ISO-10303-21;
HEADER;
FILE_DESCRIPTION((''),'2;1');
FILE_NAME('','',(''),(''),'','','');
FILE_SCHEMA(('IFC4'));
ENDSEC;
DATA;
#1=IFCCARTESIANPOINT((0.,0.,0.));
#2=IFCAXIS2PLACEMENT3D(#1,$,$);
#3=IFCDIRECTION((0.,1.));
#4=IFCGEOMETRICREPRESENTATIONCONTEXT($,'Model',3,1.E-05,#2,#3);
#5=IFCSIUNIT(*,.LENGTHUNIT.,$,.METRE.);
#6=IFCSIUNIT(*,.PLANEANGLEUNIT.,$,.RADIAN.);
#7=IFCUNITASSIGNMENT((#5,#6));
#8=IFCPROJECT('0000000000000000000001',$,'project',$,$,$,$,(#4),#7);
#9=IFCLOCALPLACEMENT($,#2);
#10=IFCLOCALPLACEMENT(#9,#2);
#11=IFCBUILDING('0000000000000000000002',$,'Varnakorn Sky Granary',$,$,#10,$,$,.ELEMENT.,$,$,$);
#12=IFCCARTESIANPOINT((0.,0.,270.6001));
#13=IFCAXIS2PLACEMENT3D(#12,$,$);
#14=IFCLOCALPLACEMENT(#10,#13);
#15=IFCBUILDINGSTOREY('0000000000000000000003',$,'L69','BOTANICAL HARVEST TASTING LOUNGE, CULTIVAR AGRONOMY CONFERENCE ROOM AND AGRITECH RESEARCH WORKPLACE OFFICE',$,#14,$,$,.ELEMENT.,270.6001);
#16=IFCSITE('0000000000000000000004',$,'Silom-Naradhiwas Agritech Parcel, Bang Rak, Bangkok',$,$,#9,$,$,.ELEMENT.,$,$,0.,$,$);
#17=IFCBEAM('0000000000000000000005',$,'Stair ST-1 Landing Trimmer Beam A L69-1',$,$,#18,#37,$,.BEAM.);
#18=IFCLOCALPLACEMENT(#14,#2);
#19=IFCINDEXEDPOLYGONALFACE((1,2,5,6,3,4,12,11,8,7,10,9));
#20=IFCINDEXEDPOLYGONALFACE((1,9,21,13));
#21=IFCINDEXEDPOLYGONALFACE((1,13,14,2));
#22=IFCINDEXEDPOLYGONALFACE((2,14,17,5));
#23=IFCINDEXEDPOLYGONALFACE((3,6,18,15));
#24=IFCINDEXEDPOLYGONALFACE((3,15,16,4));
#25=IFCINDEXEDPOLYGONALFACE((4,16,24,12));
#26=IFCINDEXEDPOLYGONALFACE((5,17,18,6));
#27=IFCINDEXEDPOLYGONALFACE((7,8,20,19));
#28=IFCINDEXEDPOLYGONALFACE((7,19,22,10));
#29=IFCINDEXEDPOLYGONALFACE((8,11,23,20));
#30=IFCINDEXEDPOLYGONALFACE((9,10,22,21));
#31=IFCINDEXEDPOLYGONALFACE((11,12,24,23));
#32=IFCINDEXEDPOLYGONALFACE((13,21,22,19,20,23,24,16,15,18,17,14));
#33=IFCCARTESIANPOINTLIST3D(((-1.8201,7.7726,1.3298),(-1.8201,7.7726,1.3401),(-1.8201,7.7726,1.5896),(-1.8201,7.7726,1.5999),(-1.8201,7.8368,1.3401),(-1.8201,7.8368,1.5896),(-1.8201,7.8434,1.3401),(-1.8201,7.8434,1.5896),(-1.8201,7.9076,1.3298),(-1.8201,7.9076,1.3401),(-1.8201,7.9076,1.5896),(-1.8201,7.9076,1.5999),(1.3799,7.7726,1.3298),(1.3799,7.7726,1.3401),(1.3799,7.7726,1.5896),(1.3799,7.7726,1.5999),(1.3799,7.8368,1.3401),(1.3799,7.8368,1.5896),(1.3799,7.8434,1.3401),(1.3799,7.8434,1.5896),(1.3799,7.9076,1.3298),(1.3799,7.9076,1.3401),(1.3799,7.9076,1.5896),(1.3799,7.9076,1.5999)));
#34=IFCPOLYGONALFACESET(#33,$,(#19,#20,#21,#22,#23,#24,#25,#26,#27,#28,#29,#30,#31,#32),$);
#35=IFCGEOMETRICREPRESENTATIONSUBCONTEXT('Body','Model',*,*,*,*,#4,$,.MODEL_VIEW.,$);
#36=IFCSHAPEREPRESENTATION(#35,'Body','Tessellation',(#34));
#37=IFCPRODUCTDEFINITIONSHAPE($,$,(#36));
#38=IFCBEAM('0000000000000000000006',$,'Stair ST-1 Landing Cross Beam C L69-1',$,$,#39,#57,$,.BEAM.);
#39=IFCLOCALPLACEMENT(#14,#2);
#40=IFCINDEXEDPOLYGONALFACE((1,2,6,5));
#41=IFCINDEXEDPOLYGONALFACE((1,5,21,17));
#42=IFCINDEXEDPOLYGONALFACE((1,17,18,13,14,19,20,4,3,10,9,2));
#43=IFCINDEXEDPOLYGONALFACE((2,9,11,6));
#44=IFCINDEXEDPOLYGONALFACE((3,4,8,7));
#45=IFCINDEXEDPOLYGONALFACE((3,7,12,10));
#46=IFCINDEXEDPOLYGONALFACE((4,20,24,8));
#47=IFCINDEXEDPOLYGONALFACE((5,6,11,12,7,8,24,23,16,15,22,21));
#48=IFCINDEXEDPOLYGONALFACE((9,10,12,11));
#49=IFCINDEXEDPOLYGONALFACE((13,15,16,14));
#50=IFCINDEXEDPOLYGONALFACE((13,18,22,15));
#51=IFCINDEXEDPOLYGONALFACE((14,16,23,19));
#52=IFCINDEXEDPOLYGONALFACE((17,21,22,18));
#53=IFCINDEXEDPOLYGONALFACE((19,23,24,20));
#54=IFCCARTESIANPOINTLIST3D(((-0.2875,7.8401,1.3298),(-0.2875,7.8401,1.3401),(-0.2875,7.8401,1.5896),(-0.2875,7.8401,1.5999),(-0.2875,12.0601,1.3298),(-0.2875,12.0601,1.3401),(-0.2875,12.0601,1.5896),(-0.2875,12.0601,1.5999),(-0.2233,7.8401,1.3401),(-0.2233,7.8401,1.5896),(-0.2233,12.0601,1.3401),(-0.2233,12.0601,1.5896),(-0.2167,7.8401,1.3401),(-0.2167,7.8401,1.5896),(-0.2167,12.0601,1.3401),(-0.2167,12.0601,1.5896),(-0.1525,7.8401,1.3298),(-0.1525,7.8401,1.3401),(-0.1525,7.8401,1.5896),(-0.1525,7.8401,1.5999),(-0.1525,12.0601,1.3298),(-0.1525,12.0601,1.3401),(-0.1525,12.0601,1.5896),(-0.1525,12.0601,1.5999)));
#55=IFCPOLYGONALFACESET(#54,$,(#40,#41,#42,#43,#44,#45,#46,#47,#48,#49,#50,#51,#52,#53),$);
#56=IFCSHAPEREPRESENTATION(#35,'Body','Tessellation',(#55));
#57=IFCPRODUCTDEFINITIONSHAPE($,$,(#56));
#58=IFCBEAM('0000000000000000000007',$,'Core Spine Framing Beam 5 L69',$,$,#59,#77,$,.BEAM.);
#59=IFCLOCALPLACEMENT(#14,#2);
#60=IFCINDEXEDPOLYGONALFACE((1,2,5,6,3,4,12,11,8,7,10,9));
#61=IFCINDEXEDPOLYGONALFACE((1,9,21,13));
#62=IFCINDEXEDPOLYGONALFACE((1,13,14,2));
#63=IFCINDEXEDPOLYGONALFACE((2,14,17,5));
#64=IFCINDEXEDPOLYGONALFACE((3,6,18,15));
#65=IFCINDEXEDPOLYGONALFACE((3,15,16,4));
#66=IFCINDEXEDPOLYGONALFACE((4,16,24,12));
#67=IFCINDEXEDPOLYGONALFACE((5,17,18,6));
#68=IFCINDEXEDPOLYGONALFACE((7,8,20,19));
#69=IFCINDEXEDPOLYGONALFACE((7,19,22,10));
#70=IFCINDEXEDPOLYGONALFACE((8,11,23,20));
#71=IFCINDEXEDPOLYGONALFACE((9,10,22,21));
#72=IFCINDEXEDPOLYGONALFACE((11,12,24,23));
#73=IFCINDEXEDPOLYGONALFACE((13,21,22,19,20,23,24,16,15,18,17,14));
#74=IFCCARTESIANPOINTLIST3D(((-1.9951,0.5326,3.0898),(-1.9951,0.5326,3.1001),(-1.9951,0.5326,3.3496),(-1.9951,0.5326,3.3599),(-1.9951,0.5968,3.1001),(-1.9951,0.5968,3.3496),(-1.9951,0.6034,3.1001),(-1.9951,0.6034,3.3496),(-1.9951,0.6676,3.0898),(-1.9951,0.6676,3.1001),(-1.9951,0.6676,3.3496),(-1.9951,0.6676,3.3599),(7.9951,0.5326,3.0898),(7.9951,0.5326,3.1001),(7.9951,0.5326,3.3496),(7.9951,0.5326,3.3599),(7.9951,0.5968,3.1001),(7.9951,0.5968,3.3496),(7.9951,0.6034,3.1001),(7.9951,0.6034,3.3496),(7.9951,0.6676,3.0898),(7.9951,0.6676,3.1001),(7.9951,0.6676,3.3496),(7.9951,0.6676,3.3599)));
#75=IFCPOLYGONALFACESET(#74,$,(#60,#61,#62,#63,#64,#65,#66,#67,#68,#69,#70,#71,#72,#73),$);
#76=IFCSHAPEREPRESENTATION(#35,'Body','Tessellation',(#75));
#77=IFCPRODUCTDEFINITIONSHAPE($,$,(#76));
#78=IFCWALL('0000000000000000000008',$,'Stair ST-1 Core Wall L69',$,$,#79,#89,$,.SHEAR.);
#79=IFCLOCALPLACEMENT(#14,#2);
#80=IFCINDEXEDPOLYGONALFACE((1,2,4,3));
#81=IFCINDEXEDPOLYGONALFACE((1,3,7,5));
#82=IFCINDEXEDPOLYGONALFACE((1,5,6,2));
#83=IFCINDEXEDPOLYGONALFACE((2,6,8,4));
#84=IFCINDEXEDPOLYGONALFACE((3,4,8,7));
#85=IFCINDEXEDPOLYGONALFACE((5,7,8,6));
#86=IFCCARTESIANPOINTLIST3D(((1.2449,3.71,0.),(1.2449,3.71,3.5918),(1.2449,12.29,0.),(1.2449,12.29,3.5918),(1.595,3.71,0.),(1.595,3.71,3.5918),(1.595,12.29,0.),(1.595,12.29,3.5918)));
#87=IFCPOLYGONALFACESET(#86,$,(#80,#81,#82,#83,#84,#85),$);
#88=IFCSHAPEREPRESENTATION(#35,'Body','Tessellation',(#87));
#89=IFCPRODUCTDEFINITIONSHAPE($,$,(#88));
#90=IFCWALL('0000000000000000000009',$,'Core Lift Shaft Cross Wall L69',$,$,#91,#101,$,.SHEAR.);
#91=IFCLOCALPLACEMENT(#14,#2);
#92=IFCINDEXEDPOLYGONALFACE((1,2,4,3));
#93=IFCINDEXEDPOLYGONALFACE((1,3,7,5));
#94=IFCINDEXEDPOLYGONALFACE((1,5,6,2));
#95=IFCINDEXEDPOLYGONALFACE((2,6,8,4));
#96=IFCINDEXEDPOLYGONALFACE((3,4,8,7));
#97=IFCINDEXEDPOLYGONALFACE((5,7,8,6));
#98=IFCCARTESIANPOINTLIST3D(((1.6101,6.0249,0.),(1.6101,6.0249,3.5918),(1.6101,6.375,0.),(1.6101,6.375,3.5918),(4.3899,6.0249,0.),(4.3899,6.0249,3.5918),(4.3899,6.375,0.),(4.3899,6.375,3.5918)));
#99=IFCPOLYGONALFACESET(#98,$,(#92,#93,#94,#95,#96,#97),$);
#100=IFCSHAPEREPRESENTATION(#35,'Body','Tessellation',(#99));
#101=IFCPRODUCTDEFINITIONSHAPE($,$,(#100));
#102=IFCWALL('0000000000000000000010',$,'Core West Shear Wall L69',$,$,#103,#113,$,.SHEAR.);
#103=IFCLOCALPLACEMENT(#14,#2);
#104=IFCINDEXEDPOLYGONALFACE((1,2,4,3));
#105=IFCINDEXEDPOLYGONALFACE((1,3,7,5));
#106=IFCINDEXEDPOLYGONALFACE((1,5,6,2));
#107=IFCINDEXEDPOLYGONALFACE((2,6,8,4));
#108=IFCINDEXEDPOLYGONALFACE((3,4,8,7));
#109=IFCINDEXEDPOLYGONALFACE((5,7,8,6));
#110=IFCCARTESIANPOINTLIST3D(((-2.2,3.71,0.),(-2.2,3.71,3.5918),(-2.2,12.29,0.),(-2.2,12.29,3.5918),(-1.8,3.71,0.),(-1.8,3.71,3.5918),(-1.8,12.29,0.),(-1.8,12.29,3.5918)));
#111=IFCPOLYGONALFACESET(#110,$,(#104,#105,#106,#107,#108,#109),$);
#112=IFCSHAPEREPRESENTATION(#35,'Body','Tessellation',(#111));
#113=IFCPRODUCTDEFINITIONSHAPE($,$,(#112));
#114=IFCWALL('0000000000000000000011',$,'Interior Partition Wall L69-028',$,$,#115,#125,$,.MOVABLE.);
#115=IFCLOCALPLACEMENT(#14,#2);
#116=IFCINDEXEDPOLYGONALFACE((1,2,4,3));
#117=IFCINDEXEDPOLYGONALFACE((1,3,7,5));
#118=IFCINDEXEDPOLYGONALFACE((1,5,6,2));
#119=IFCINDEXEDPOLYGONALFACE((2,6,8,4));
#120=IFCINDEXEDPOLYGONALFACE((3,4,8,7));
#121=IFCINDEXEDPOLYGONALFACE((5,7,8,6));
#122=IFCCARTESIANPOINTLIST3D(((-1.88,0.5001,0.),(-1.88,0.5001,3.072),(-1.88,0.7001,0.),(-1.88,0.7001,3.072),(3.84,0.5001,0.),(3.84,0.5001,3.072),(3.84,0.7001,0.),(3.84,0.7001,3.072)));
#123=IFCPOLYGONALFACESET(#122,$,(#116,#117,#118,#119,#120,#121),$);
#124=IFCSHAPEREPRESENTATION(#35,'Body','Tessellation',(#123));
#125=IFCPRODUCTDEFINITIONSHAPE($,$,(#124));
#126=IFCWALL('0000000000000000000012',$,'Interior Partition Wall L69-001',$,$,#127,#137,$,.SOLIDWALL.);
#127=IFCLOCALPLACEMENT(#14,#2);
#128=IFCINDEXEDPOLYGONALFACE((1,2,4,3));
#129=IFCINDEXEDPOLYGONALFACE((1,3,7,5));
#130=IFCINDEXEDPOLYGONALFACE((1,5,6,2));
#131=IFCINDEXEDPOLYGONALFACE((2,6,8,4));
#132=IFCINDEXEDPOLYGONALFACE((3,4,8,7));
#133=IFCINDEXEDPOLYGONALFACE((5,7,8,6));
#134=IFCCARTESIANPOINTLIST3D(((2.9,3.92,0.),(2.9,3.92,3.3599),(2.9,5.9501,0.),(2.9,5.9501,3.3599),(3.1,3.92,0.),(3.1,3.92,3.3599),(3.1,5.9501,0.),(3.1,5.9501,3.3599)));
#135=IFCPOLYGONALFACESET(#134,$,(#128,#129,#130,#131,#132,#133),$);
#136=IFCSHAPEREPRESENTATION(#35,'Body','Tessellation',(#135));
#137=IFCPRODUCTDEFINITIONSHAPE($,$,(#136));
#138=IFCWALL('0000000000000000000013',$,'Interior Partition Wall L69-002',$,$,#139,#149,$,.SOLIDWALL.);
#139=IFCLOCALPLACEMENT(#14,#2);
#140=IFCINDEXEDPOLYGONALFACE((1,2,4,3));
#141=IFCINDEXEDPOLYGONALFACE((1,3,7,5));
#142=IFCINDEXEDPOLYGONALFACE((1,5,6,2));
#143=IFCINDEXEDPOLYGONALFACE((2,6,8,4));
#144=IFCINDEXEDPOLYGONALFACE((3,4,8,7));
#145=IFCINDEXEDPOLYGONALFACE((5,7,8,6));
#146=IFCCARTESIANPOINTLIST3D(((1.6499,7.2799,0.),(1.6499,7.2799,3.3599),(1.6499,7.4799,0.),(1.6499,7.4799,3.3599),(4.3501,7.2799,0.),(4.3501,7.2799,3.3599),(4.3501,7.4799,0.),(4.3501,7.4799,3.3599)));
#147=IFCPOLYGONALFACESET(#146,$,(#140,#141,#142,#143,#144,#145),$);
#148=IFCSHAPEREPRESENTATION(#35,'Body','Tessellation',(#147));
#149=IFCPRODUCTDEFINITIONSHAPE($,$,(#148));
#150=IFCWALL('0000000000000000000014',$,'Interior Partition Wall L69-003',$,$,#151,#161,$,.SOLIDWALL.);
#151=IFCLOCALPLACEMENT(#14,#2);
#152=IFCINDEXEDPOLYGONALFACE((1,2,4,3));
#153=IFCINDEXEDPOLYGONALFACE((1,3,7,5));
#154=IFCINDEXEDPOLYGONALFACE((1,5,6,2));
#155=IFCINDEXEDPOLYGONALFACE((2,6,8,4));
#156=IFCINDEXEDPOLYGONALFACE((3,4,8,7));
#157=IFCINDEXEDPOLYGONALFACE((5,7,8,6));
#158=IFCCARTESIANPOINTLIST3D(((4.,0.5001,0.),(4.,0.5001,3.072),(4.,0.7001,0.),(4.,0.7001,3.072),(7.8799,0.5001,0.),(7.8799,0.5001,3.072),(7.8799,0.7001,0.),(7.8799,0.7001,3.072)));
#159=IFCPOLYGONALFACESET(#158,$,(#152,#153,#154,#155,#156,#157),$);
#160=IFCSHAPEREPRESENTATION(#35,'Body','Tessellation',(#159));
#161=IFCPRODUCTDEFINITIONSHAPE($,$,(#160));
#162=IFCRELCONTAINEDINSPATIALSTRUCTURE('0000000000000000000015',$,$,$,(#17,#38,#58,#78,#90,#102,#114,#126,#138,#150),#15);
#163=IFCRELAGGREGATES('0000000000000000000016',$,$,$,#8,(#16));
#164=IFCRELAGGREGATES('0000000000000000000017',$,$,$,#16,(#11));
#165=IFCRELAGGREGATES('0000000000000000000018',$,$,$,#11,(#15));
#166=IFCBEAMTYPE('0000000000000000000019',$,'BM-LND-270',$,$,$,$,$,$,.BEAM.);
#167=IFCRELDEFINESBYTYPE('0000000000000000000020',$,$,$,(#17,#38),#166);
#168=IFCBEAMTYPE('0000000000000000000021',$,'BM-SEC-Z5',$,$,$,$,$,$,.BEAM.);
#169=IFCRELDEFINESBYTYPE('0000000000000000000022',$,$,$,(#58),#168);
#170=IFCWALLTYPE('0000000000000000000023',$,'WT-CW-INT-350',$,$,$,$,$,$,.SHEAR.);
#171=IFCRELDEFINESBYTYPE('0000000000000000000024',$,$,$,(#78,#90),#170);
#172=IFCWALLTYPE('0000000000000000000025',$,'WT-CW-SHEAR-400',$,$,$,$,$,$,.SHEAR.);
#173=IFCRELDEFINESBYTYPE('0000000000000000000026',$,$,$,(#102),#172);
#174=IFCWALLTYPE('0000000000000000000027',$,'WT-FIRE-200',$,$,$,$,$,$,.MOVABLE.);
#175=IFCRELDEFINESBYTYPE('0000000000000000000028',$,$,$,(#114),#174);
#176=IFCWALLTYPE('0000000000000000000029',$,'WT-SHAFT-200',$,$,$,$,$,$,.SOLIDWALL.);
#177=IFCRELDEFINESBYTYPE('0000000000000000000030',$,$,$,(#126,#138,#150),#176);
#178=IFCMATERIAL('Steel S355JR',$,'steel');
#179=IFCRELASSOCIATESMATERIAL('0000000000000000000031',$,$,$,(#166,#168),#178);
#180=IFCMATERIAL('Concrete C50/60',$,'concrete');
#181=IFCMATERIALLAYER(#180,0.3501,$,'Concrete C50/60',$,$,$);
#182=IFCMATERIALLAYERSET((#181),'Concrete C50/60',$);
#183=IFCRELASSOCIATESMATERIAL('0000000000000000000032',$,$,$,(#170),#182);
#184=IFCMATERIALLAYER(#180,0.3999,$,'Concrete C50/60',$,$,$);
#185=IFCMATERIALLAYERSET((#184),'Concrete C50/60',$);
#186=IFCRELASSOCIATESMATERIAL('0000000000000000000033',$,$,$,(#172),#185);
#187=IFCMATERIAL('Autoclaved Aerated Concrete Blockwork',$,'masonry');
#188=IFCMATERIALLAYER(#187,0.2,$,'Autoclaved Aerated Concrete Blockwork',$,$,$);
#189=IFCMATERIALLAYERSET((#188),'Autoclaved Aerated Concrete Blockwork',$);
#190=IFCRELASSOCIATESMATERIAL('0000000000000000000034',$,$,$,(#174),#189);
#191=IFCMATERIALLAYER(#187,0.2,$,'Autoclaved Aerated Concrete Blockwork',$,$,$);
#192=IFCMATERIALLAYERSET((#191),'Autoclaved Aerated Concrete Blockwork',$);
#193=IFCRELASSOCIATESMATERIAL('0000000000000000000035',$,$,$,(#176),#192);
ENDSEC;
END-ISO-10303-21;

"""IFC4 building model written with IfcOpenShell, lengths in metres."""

from ifc_helpers import new_model, si_unit, direction, frame, frame_2d, origin, origin_2d, place, context, subcontext, project, spatial, rectangle, i_section, extrude, material, layer, layer_set, material_profile, profile_set, type_object, element, save


model = new_model("IFC4")

# Units and contexts
model_context = context("Model", 3, precision=1e-05, world=origin(), true_north=direction((0.0, 1.0)))
body_context = subcontext(model_context, "Body", "Model", "MODEL_VIEW")
ifc_project = project(units=[si_unit("LENGTHUNIT", "METRE"), si_unit("PLANEANGLEUNIT", "RADIAN")], contexts=[model_context])

# Site, building, storey
site_placement = place(None, origin())
site = spatial("IfcSite", under=ifc_project, at=site_placement, Name="Silom-Naradhiwas Agritech Parcel, Bang Rak, Bangkok", CompositionType="ELEMENT", RefElevation=0.0)
building_placement = place(site_placement, origin())
building = spatial("IfcBuilding", under=site, at=building_placement, Name="Varnakorn Sky Granary", CompositionType="ELEMENT")
storey_placement = place(building_placement, frame((0.0, 0.0, 270.6001)))
storey = spatial("IfcBuildingStorey", under=building, at=storey_placement, Name="L69", Description="BOTANICAL HARVEST TASTING LOUNGE, CULTIVAR AGRONOMY CONFERENCE ROOM AND AGRITECH RESEARCH WORKPLACE OFFICE", CompositionType="ELEMENT", Elevation=270.6001)

# Beams
ifc_material_1 = material(Name="Steel S355JR", Category="steel")
ifc_material_profile_1 = material_profile(ifc_material_1, i_section(OverallWidth=0.135, OverallDepth=0.27, WebThickness=0.0066, FlangeThickness=0.0103, at=origin_2d()), Name="IPE 270")
ifc_profile_set_1 = profile_set([ifc_material_profile_1], Name="Steel S355JR")
beam_type_1 = type_object("IfcBeamType", Name="BM-LND-270", PredefinedType="BEAM", material=ifc_profile_set_1)
beam_1_placement = place(storey_placement, frame((-1.8201, 7.8401, 1.4648), z_axis=(1.0, 0.0, 0.0), x_axis=(0.0, 1.0, 0.0)))
element("IfcBeam", 1, at=beam_1_placement, inside=storey, type_object=beam_type_1, Name="Stair ST-1 Landing Trimmer Beam A L69-1", PredefinedType="BEAM", context=body_context, shape_type="SweptSolid", body=[
    extrude(i_section(OverallWidth=0.135, OverallDepth=0.27, WebThickness=0.0066, FlangeThickness=0.0103, at=origin_2d()), origin(), (0.0, 0.0, 1.0), 3.2),
])
beam_2_placement = place(storey_placement, frame((-0.22, 7.8401, 1.4648), z_axis=(0.0, 1.0, 0.0), x_axis=(-1.0, 0.0, 0.0)))
element("IfcBeam", 2, at=beam_2_placement, inside=storey, type_object=beam_type_1, Name="Stair ST-1 Landing Cross Beam C L69-1", PredefinedType="BEAM", context=body_context, shape_type="SweptSolid", body=[
    extrude(i_section(OverallWidth=0.135, OverallDepth=0.27, WebThickness=0.0066, FlangeThickness=0.0103, at=origin_2d()), origin(), (0.0, 0.0, 1.0), 4.22),
])
ifc_material_profile_2 = material_profile(ifc_material_1, i_section(OverallWidth=0.135, OverallDepth=0.27, WebThickness=0.0066, FlangeThickness=0.0103, at=origin_2d()), Name="IPE 270")
ifc_profile_set_2 = profile_set([ifc_material_profile_2], Name="Steel S355JR")
beam_type_2 = type_object("IfcBeamType", Name="BM-SEC-Z5", PredefinedType="BEAM", material=ifc_profile_set_2)
beam_3_placement = place(storey_placement, frame((-1.9951, 0.6001, 3.2249), z_axis=(1.0, 0.0, 0.0), x_axis=(0.0, 1.0, 0.0)))
element("IfcBeam", 3, at=beam_3_placement, inside=storey, type_object=beam_type_2, Name="Core Spine Framing Beam 5 L69", PredefinedType="BEAM", context=body_context, shape_type="SweptSolid", body=[
    extrude(i_section(OverallWidth=0.135, OverallDepth=0.27, WebThickness=0.0066, FlangeThickness=0.0103, at=origin_2d()), origin(), (0.0, 0.0, 1.0), 9.9902),
])

# Walls
ifc_material_2 = material(Name="Concrete C50/60", Category="concrete")
ifc_layer_1 = layer(ifc_material_2, 0.3501, Name="Concrete C50/60")
ifc_layer_set_1 = layer_set([ifc_layer_1], Name="Concrete C50/60")
wall_type_1 = type_object("IfcWallType", Name="WT-CW-INT-350", PredefinedType="SHEAR", material=ifc_layer_set_1)
wall_1_placement = place(storey_placement, frame((1.4199, 3.71, 0.0), z_axis=(0.0, 0.0, 1.0), x_axis=(0.0, 1.0, 0.0)))
element("IfcWall", 4, at=wall_1_placement, inside=storey, type_object=wall_type_1, Name="Stair ST-1 Core Wall L69", PredefinedType="SHEAR", context=body_context, shape_type="SweptSolid", body=[
    extrude(rectangle(XDim=8.5801, YDim=0.3501, at=frame_2d((4.29, 0.0))), origin(), (0.0, 0.0, 1.0), 3.5918),
])
wall_2_placement = place(storey_placement, frame((1.6101, 6.2, 0.0), z_axis=(0.0, 0.0, 1.0), x_axis=(1.0, 0.0, 0.0)))
element("IfcWall", 5, at=wall_2_placement, inside=storey, type_object=wall_type_1, Name="Core Lift Shaft Cross Wall L69", PredefinedType="SHEAR", context=body_context, shape_type="SweptSolid", body=[
    extrude(rectangle(XDim=2.7798, YDim=0.3501, at=frame_2d((1.3899, 0.0))), origin(), (0.0, 0.0, 1.0), 3.5918),
])

# Shared definitions
ifc_layer_2 = layer(ifc_material_2, 0.3999, Name="Concrete C50/60")
ifc_layer_set_2 = layer_set([ifc_layer_2], Name="Concrete C50/60")
wall_type_2 = type_object("IfcWallType", Name="WT-CW-SHEAR-400", PredefinedType="SHEAR", material=ifc_layer_set_2)

# Walls
wall_3_placement = place(storey_placement, frame((-2.0, 3.71, 0.0), z_axis=(0.0, 0.0, 1.0), x_axis=(0.0, 1.0, 0.0)))
element("IfcWall", 6, at=wall_3_placement, inside=storey, type_object=wall_type_2, Name="Core West Shear Wall L69", PredefinedType="SHEAR", context=body_context, shape_type="SweptSolid", body=[
    extrude(rectangle(XDim=8.5801, YDim=0.3999, at=frame_2d((4.29, 0.0))), origin(), (0.0, 0.0, 1.0), 3.5918),
])
ifc_material_3 = material(Name="Autoclaved Aerated Concrete Blockwork", Category="masonry")
ifc_layer_3 = layer(ifc_material_3, 0.2, Name="Autoclaved Aerated Concrete Blockwork")
ifc_layer_set_3 = layer_set([ifc_layer_3], Name="Autoclaved Aerated Concrete Blockwork")
wall_type_3 = type_object("IfcWallType", Name="WT-FIRE-200", PredefinedType="MOVABLE", material=ifc_layer_set_3)
wall_4_placement = place(storey_placement, frame((-1.8799, 0.6001, 0.0), z_axis=(0.0, 0.0, 1.0), x_axis=(1.0, 0.0, 0.0)))
element("IfcWall", 7, at=wall_4_placement, inside=storey, type_object=wall_type_3, Name="Interior Partition Wall L69-028", PredefinedType="MOVABLE", context=body_context, shape_type="SweptSolid", body=[
    extrude(rectangle(XDim=5.72, YDim=0.2, at=frame_2d((2.8599, 0.0))), origin(), (0.0, 0.0, 1.0), 3.072),
])
ifc_layer_4 = layer(ifc_material_3, 0.2, Name="Autoclaved Aerated Concrete Blockwork")
ifc_layer_set_4 = layer_set([ifc_layer_4], Name="Autoclaved Aerated Concrete Blockwork")
wall_type_4 = type_object("IfcWallType", Name="WT-SHAFT-200", PredefinedType="SOLIDWALL", material=ifc_layer_set_4)
wall_5_placement = place(storey_placement, frame((3.0, 3.9199, 0.0), z_axis=(0.0, 0.0, 1.0), x_axis=(0.0, 1.0, 0.0)))
element("IfcWall", 8, at=wall_5_placement, inside=storey, type_object=wall_type_4, Name="Interior Partition Wall L69-001", PredefinedType="SOLIDWALL", context=body_context, shape_type="SweptSolid", body=[
    extrude(rectangle(XDim=2.03, YDim=0.2, at=frame_2d((1.0151, 0.0))), origin(), (0.0, 0.0, 1.0), 3.3599),
])
wall_6_placement = place(storey_placement, frame((1.6499, 7.3799, 0.0), z_axis=(0.0, 0.0, 1.0), x_axis=(1.0, 0.0, 0.0)))
element("IfcWall", 9, at=wall_6_placement, inside=storey, type_object=wall_type_4, Name="Interior Partition Wall L69-002", PredefinedType="SOLIDWALL", context=body_context, shape_type="SweptSolid", body=[
    extrude(rectangle(XDim=2.7002, YDim=0.2, at=frame_2d((1.3501, 0.0))), origin(), (0.0, 0.0, 1.0), 3.3599),
])
wall_7_placement = place(storey_placement, frame((4.0, 0.6001, 0.0), z_axis=(0.0, 0.0, 1.0), x_axis=(1.0, 0.0, 0.0)))
element("IfcWall", 10, at=wall_7_placement, inside=storey, type_object=wall_type_4, Name="Interior Partition Wall L69-003", PredefinedType="SOLIDWALL", context=body_context, shape_type="SweptSolid", body=[
    extrude(rectangle(XDim=3.8799, YDim=0.2, at=frame_2d((1.9399, 0.0))), origin(), (0.0, 0.0, 1.0), 3.072),
])

save(model, "model.ifc")
